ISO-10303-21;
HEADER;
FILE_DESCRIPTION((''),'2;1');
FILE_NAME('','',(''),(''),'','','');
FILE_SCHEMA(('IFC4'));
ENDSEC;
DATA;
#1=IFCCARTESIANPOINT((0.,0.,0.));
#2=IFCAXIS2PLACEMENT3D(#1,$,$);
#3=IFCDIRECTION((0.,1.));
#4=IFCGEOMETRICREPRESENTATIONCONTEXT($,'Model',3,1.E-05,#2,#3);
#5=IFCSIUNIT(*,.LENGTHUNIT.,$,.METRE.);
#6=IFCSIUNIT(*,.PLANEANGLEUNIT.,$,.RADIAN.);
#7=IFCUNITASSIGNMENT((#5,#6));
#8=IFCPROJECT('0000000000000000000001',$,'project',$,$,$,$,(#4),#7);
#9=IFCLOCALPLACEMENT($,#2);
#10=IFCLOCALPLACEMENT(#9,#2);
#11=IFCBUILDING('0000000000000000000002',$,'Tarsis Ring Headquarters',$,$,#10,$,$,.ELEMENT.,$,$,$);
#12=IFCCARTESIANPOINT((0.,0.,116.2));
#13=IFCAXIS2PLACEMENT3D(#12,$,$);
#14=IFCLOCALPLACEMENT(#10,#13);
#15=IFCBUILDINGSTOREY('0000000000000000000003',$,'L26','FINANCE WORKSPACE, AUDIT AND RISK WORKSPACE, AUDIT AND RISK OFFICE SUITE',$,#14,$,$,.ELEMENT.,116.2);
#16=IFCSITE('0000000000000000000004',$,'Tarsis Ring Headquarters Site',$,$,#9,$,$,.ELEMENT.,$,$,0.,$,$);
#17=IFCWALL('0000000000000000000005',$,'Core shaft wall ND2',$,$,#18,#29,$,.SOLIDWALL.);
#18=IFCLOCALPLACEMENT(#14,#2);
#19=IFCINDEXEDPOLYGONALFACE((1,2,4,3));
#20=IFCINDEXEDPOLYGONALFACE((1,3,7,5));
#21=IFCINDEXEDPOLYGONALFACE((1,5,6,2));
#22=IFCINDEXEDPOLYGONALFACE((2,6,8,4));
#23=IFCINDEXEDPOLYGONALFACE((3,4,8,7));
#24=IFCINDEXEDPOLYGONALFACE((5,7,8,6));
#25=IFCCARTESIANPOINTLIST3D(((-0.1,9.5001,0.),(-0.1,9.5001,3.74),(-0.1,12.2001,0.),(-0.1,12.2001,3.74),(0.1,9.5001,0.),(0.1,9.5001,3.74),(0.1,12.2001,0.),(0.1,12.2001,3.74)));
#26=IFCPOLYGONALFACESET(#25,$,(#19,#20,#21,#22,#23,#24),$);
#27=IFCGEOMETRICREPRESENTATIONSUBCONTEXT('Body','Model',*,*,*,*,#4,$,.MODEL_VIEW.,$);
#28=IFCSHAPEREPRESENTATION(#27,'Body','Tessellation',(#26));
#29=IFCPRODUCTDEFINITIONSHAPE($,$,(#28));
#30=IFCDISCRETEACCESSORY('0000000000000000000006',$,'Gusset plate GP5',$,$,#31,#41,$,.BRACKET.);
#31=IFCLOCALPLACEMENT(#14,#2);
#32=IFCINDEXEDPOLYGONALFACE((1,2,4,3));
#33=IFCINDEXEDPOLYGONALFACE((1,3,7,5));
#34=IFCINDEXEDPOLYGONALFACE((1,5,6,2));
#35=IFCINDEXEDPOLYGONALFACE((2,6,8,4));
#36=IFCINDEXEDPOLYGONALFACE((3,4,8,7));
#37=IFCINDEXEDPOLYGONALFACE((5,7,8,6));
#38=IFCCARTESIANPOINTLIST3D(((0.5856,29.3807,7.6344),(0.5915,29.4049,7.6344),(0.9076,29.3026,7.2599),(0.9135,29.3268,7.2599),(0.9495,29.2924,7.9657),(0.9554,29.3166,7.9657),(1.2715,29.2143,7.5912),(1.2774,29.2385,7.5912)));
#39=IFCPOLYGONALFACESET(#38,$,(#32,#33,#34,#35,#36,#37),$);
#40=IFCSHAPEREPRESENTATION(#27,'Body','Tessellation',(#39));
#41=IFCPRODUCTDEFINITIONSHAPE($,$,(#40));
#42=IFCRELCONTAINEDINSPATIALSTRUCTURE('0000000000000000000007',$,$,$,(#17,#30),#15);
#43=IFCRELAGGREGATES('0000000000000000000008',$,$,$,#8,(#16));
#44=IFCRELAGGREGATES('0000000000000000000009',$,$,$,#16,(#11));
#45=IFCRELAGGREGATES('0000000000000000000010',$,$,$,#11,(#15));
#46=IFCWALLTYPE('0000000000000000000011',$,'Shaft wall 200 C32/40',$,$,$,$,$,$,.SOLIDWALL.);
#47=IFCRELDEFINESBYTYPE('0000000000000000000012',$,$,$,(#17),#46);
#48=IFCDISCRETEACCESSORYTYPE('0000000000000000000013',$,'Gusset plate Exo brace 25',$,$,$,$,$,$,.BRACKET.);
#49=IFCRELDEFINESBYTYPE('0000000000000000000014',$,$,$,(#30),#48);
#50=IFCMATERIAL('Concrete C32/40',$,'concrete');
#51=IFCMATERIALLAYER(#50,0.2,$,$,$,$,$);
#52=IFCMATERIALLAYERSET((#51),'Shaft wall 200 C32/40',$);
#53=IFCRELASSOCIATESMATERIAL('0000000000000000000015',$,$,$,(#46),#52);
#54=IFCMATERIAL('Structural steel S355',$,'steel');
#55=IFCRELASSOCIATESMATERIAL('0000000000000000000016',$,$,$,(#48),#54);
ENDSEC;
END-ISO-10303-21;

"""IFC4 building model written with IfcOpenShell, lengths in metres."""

from ifc_helpers import new_model, si_unit, direction, frame, frame_2d, origin, origin_2d, place, context, subcontext, project, spatial, rectangle, extrude, material, layer, layer_set, material_profile, profile_set, type_object, element, save


model = new_model("IFC4")

# Units and contexts
model_context = context("Model", 3, precision=1e-05, world=origin(), true_north=direction((0.0, 1.0)))
body_context = subcontext(model_context, "Body", "Model", "MODEL_VIEW")
ifc_project = project(units=[si_unit("LENGTHUNIT", "METRE"), si_unit("PLANEANGLEUNIT", "RADIAN")], contexts=[model_context])

# Site, building, storey
site_placement = place(None, origin())
site = spatial("IfcSite", under=ifc_project, at=site_placement, Name="Tarsis Ring Headquarters Site", CompositionType="ELEMENT", RefElevation=0.0)
building_placement = place(site_placement, origin())
building = spatial("IfcBuilding", under=site, at=building_placement, Name="Tarsis Ring Headquarters", CompositionType="ELEMENT")
storey_placement = place(building_placement, frame((0.0, 0.0, 116.2)))
storey = spatial("IfcBuildingStorey", under=building, at=storey_placement, Name="L26", Description="FINANCE WORKSPACE, AUDIT AND RISK WORKSPACE, AUDIT AND RISK OFFICE SUITE", CompositionType="ELEMENT", Elevation=116.2)

# Shared definitions
ifc_material_1 = material(Name="Structural steel S355", Category="steel")

# Wall
ifc_material_2 = material(Name="Concrete C32/40", Category="concrete")
ifc_layer_1 = layer(ifc_material_2, 0.2)
ifc_layer_set_1 = layer_set([ifc_layer_1], Name="Shaft wall 200 C32/40")
wall_type_1 = type_object("IfcWallType", Name="Shaft wall 200 C32/40", PredefinedType="SOLIDWALL", material=ifc_layer_set_1)
wall_1_placement = place(storey_placement, frame((0.0, 9.5, 0.0), z_axis=(0.0, 0.0, 1.0), x_axis=(0.0, 1.0, 0.0)))
element("IfcWall", 1, at=wall_1_placement, inside=storey, type_object=wall_type_1, Name="Core shaft wall ND2", PredefinedType="SOLIDWALL", context=body_context, shape_type="SweptSolid", body=[
    extrude(rectangle(XDim=2.7, YDim=0.2, at=frame_2d((1.3501, 0.0))), origin(), (0.0, 0.0, 1.0), 3.74),
])

# Discrete accessory
ifc_material_profile_1 = material_profile(ifc_material_1, rectangle(XDim=0.0249, YDim=0.5, at=origin_2d()), Name="PL 25x500")
ifc_profile_set_1 = profile_set([ifc_material_profile_1], Name="Structural steel S355")
discrete_accessory_type = type_object("IfcDiscreteAccessoryType", Name="Gusset plate Exo brace 25", PredefinedType="BRACKET", material=ifc_profile_set_1)
discrete_accessory_placement = place(storey_placement, frame((0.7705, 29.3486, 7.8), z_axis=(0.643965, -0.156231, -0.748933), x_axis=(0.235769, 0.971809, 0.0)))
element("IfcDiscreteAccessory", 2, at=discrete_accessory_placement, inside=storey, type_object=discrete_accessory_type, Name="Gusset plate GP5", PredefinedType="BRACKET", context=body_context, shape_type="SweptSolid", body=[
    extrude(rectangle(XDim=0.0249, YDim=0.5, at=origin_2d()), origin(), (0.0, 0.0, 1.0), 0.5),
])

save(model, "model.ifc")
